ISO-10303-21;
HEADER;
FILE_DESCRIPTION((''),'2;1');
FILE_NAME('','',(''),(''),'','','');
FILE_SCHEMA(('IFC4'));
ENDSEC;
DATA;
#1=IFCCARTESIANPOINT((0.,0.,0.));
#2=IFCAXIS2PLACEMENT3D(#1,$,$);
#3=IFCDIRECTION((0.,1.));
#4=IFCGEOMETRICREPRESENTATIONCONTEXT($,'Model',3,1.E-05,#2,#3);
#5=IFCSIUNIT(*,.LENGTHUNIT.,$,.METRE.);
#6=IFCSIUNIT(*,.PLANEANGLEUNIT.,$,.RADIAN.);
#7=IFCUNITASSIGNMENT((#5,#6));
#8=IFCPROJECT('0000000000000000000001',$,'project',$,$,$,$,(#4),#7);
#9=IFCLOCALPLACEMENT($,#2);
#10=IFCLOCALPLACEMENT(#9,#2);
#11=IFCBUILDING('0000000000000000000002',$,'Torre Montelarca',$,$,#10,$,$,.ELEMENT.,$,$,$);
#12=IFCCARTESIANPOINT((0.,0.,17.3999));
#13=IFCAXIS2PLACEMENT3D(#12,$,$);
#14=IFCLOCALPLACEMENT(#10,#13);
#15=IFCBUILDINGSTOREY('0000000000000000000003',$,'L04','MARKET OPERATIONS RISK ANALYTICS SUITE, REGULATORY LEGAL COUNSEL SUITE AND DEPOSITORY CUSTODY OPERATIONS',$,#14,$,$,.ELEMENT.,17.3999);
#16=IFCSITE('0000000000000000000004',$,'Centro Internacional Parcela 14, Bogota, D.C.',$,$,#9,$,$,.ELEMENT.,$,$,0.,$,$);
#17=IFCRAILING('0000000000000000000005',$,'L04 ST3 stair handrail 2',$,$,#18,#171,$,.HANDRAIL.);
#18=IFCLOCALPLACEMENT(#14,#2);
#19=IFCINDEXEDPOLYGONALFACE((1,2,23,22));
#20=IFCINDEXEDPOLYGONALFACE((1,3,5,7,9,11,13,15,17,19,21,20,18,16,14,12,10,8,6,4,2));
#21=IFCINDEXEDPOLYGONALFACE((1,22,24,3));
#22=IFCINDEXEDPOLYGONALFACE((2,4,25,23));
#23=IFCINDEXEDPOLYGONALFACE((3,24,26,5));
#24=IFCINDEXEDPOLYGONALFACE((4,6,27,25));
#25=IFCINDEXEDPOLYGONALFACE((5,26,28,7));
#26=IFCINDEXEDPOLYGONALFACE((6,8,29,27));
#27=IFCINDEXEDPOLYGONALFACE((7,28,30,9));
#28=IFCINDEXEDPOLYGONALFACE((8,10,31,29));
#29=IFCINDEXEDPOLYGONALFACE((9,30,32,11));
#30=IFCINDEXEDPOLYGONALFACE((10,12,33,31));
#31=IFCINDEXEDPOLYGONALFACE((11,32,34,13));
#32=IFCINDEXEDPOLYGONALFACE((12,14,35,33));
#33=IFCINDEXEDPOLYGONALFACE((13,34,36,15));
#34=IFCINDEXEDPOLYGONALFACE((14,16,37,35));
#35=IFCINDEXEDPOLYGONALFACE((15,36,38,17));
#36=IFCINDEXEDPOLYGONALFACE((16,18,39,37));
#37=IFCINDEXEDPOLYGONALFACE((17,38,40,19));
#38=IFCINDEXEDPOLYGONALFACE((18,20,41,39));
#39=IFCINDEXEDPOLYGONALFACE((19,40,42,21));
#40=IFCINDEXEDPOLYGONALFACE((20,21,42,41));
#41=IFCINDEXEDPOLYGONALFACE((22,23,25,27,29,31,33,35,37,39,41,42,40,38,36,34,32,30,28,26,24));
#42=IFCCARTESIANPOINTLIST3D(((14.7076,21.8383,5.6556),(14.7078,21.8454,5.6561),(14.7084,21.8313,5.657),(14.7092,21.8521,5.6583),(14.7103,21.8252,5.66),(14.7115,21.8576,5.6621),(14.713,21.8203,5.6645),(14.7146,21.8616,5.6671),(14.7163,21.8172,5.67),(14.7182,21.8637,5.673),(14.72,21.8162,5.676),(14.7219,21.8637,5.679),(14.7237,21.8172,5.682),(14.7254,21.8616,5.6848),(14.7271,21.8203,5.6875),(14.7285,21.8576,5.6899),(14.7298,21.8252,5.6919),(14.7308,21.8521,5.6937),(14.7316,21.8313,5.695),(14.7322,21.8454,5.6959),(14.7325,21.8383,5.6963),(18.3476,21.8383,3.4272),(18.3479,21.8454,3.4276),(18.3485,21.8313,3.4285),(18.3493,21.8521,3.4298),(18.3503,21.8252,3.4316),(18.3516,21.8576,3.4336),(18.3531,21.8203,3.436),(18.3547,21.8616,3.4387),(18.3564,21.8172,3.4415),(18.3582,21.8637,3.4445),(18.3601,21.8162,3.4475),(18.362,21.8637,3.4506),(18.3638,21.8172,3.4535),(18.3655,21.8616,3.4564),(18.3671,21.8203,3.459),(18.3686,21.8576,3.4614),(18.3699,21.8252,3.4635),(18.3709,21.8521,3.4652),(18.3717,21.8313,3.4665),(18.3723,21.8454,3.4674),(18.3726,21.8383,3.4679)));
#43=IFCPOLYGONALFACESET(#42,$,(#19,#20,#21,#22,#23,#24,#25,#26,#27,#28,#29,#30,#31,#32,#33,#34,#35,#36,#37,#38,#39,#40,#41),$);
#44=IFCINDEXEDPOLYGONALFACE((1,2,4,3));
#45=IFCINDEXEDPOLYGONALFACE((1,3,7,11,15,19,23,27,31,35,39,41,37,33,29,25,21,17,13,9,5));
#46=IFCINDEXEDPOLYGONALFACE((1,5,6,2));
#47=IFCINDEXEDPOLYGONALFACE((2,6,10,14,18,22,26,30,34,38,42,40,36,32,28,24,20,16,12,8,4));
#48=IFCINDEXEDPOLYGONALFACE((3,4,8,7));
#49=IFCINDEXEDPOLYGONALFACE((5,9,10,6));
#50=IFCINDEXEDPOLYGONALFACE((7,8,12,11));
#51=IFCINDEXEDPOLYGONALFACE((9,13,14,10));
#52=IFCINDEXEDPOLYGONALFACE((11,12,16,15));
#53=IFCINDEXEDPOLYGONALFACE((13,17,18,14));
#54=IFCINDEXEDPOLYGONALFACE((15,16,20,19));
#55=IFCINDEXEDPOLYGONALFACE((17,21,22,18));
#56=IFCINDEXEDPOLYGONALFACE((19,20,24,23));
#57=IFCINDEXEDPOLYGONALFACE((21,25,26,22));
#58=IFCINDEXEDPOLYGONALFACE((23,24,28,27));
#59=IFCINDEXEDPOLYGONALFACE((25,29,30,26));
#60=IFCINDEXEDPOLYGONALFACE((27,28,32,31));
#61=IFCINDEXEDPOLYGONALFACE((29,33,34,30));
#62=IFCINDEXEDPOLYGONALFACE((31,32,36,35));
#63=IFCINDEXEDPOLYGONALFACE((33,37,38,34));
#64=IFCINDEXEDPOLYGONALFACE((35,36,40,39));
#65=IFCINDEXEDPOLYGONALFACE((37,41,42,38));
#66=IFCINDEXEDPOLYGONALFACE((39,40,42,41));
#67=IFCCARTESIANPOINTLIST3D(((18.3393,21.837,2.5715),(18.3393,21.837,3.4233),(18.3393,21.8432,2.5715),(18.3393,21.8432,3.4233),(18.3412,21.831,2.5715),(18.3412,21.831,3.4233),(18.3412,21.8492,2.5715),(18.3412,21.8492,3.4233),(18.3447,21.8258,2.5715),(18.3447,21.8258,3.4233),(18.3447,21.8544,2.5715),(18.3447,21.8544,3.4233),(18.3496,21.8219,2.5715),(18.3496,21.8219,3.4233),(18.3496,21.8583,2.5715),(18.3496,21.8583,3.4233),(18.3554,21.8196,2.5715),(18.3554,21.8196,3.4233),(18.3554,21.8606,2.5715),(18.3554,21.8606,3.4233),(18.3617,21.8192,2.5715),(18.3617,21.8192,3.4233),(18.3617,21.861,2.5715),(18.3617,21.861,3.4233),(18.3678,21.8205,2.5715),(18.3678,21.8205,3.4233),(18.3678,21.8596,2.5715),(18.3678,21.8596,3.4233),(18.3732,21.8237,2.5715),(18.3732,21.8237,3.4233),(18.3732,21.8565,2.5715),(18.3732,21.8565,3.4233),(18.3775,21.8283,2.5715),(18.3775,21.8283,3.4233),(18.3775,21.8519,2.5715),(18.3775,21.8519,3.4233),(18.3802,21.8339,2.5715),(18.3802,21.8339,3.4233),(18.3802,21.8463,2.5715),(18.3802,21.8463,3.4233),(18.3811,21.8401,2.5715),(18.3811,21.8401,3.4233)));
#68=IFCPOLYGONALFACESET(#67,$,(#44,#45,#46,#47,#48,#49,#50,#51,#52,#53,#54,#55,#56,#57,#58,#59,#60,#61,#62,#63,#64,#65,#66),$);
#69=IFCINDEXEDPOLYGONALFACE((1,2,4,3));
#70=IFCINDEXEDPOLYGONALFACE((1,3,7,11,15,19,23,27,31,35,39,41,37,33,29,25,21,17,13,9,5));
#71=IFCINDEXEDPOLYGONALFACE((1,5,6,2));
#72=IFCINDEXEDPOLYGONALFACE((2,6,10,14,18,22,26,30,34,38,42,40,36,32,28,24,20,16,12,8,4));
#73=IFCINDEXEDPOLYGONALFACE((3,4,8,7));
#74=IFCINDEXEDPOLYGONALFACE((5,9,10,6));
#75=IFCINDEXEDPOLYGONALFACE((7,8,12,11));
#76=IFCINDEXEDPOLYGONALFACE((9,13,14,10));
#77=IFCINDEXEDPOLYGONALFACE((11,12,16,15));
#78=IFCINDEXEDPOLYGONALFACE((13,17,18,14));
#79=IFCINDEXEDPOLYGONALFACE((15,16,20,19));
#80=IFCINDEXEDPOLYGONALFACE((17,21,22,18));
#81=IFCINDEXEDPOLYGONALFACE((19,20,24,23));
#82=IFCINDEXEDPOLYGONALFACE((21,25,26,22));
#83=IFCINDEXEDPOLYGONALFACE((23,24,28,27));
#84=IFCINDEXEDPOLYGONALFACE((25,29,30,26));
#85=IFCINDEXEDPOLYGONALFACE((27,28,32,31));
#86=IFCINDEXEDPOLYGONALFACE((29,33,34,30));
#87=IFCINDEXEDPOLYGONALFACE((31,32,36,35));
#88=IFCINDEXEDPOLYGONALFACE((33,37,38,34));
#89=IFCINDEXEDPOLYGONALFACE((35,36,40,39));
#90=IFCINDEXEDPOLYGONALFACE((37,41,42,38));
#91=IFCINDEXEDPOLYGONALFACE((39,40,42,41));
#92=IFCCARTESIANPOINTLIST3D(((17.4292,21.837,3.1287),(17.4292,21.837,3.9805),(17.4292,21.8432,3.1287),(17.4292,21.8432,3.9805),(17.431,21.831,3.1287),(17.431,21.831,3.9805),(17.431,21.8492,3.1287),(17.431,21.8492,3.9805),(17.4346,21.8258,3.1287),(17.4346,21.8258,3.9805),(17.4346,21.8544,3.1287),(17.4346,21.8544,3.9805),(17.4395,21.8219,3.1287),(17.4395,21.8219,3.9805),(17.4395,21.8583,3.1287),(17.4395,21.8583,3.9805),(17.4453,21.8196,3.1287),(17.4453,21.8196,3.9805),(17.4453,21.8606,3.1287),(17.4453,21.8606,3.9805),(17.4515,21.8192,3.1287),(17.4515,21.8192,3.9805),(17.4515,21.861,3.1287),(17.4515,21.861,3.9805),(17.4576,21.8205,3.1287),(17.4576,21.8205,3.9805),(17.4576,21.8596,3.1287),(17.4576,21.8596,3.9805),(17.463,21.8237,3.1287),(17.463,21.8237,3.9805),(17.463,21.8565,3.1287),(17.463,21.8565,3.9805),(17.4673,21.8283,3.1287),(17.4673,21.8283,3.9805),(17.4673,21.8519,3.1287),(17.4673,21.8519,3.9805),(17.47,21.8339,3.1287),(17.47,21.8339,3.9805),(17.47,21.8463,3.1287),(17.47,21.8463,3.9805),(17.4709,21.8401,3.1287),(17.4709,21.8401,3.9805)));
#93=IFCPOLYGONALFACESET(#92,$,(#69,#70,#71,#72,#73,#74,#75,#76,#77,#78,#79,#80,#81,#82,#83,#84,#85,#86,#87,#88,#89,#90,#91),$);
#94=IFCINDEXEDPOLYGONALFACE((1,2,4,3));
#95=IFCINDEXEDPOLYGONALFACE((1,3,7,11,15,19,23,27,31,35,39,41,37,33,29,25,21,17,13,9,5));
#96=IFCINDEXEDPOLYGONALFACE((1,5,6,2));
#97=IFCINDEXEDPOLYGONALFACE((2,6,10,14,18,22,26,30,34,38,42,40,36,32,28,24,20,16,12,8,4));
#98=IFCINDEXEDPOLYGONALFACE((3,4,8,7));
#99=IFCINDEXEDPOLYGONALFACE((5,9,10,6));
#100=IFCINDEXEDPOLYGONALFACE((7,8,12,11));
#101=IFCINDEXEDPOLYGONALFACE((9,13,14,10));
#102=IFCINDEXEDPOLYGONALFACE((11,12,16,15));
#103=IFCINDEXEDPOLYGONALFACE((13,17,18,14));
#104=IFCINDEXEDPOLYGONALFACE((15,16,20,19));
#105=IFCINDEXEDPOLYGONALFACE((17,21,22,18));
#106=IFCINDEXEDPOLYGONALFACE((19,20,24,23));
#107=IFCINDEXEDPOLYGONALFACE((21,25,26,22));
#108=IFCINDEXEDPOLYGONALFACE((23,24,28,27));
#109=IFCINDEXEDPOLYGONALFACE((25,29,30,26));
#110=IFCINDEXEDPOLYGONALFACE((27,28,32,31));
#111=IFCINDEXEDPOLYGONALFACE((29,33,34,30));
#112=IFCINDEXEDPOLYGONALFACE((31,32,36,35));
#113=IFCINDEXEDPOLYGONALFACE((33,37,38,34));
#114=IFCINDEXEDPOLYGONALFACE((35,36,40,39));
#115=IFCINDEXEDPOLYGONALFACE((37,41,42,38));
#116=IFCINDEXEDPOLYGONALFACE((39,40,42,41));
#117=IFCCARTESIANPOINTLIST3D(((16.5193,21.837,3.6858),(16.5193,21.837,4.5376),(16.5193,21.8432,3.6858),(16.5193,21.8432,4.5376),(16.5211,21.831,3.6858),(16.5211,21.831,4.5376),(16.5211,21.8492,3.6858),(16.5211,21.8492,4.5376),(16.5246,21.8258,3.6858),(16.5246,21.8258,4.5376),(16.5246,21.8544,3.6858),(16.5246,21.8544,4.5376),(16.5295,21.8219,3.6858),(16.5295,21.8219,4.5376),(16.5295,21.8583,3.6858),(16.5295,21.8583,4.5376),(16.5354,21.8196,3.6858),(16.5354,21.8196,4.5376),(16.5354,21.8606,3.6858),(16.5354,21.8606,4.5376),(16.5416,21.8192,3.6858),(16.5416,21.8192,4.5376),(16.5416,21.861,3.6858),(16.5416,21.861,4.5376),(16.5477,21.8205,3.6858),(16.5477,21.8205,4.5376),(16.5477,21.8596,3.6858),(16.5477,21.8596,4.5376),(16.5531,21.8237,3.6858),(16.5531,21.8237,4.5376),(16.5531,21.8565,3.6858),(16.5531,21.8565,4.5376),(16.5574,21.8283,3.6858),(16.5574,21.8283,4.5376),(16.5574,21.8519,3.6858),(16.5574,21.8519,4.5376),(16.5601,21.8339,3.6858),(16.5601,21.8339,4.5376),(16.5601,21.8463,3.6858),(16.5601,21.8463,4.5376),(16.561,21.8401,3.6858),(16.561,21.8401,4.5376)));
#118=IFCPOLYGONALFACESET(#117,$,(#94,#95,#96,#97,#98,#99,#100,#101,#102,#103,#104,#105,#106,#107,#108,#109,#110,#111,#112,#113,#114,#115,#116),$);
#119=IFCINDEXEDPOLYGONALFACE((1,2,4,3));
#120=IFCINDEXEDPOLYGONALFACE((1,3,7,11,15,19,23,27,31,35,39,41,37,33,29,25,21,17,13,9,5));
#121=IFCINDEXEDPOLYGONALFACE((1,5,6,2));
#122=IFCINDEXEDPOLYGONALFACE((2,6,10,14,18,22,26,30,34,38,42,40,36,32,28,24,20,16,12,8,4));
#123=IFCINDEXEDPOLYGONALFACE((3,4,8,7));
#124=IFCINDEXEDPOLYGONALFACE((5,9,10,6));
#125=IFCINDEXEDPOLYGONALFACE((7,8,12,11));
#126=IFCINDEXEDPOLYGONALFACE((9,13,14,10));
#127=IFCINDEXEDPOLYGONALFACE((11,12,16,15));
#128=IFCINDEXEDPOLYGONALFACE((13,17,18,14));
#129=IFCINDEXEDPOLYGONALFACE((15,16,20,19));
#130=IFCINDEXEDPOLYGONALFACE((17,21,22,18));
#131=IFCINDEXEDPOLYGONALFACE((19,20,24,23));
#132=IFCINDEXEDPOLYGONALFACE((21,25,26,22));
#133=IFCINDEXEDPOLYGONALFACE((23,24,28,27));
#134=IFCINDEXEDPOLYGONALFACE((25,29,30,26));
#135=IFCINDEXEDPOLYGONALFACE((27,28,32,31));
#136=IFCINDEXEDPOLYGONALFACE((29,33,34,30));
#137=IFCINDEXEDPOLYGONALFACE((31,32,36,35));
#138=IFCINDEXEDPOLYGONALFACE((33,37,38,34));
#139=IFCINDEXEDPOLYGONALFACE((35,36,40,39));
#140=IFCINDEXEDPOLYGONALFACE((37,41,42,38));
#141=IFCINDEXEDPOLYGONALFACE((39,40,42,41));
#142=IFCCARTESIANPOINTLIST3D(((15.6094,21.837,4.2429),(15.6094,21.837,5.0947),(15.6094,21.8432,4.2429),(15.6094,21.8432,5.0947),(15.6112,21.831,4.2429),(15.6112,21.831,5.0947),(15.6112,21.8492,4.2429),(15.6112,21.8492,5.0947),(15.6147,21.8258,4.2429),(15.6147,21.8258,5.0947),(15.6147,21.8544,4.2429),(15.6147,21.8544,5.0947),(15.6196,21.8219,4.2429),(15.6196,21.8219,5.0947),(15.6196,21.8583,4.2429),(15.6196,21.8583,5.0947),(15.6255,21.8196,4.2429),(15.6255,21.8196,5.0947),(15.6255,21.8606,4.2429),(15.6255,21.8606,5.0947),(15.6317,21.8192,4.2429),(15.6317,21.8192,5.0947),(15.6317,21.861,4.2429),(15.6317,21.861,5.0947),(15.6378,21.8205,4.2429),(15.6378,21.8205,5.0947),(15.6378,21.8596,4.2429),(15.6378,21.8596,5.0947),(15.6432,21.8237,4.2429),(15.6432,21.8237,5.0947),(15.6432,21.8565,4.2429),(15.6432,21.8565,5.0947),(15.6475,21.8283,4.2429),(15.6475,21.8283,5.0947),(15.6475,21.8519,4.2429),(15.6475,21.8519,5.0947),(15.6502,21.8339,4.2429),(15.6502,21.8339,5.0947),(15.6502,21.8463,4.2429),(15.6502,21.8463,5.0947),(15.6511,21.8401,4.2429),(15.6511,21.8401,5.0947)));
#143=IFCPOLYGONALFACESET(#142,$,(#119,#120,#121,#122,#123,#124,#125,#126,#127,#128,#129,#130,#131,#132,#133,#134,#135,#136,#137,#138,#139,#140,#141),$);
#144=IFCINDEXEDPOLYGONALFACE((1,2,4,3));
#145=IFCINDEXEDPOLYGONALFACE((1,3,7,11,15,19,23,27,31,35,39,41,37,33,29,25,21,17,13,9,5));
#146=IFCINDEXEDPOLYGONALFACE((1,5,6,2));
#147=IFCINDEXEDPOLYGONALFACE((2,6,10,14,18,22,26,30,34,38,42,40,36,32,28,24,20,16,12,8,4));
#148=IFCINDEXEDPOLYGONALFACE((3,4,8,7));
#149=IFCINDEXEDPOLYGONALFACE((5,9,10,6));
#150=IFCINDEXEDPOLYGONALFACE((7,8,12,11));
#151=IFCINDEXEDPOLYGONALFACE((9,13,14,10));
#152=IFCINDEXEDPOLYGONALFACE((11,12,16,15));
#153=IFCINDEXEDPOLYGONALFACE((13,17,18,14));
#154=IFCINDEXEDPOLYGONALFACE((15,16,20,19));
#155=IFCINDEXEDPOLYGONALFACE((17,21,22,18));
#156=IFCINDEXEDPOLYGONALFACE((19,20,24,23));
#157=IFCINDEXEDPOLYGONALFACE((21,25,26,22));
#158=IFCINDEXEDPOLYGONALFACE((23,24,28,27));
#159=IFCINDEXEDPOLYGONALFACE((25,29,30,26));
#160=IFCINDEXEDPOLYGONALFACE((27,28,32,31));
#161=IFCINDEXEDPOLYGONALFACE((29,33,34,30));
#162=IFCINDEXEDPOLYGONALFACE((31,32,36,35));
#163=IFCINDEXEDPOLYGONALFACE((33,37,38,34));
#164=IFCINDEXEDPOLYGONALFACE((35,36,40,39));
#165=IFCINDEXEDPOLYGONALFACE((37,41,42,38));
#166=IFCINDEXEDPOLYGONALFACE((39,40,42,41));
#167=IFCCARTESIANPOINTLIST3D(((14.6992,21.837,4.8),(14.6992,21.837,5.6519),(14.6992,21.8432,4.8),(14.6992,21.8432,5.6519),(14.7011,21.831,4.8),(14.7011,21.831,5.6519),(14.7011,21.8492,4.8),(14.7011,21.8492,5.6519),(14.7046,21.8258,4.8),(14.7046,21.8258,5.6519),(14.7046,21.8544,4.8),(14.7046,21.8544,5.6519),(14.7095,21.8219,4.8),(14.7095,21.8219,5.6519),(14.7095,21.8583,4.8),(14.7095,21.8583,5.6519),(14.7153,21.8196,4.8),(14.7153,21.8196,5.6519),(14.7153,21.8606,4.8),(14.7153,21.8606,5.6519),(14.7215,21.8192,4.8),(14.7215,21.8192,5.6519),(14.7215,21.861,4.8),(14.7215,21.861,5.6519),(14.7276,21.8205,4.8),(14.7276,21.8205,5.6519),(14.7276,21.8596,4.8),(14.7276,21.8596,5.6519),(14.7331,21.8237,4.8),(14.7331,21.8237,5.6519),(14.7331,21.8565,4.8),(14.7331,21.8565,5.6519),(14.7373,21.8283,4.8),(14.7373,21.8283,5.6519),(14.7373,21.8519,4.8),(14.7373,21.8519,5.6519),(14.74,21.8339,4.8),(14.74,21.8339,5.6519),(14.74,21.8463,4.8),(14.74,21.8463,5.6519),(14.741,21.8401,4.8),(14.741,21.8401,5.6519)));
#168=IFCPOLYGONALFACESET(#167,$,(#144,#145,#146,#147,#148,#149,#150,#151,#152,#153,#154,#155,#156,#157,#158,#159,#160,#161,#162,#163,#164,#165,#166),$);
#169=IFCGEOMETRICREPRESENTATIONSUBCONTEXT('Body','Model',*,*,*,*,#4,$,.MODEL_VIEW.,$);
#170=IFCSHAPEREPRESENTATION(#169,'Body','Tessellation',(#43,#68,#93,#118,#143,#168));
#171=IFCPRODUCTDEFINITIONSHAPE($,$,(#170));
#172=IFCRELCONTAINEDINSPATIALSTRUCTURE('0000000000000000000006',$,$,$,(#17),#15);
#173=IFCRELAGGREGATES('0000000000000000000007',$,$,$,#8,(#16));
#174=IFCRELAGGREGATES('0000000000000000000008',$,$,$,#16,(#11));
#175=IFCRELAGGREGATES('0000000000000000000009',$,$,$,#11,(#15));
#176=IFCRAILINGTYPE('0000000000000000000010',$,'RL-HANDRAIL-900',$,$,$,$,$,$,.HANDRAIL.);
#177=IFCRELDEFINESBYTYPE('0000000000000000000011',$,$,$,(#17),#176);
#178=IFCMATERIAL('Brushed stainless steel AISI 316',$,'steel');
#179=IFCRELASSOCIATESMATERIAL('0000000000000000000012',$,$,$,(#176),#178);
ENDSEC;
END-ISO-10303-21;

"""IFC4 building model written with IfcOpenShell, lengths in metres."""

from ifc_helpers import new_model, si_unit, direction, frame, origin, origin_2d, place, context, subcontext, project, spatial, circle, extrude, material, type_object, element, save


model = new_model("IFC4")

# Units and contexts
model_context = context("Model", 3, precision=1e-05, world=origin(), true_north=direction((0.0, 1.0)))
body_context = subcontext(model_context, "Body", "Model", "MODEL_VIEW")
ifc_project = project(units=[si_unit("LENGTHUNIT", "METRE"), si_unit("PLANEANGLEUNIT", "RADIAN")], contexts=[model_context])

# Site, building, storey
site_placement = place(None, origin())
site = spatial("IfcSite", under=ifc_project, at=site_placement, Name="Centro Internacional Parcela 14, Bogota, D.C.", CompositionType="ELEMENT", RefElevation=0.0)
building_placement = place(site_placement, origin())
building = spatial("IfcBuilding", under=site, at=building_placement, Name="Torre Montelarca", CompositionType="ELEMENT")
storey_placement = place(building_placement, frame((0.0, 0.0, 17.3999)))
storey = spatial("IfcBuildingStorey", under=building, at=storey_placement, Name="L04", Description="MARKET OPERATIONS RISK ANALYTICS SUITE, REGULATORY LEGAL COUNSEL SUITE AND DEPOSITORY CUSTODY OPERATIONS", CompositionType="ELEMENT", Elevation=17.3999)

# Railing
ifc_material_1 = material(Name="Brushed stainless steel AISI 316", Category="steel")
railing_type_1 = type_object("IfcRailingType", Name="RL-HANDRAIL-900", PredefinedType="HANDRAIL", material=ifc_material_1)
railing_1_placement = place(storey_placement, frame((18.3601, 21.8401, 2.5715)))
element("IfcRailing", 1, at=railing_1_placement, inside=storey, type_object=railing_type_1, Name="L04 ST3 stair handrail 2", PredefinedType="HANDRAIL", context=body_context, shape_type="SweptSolid", body=[
    extrude(circle(Radius=0.0239, at=origin_2d()), frame((0.0, 0.0, 0.876), z_axis=(-0.852866, 0.0, 0.52213), x_axis=(0.0, -1.0, 0.0)), (0.0, 0.0, 1.0), 4.2681),
    extrude(circle(Radius=0.021, at=origin_2d()), origin(), (0.0, 0.0, 1.0), 0.8518),
    extrude(circle(Radius=0.021, at=origin_2d()), frame((-0.9102, 0.0, 0.5571)), (0.0, 0.0, 1.0), 0.8518),
    extrude(circle(Radius=0.021, at=origin_2d()), frame((-1.8201, 0.0, 1.1143)), (0.0, 0.0, 1.0), 0.8518),
    extrude(circle(Radius=0.021, at=origin_2d()), frame((-2.73, 0.0, 1.6714)), (0.0, 0.0, 1.0), 0.8518),
    extrude(circle(Radius=0.021, at=origin_2d()), frame((-3.6401, 0.0, 2.2285)), (0.0, 0.0, 1.0), 0.8518),
])

save(model, "model.ifc")
